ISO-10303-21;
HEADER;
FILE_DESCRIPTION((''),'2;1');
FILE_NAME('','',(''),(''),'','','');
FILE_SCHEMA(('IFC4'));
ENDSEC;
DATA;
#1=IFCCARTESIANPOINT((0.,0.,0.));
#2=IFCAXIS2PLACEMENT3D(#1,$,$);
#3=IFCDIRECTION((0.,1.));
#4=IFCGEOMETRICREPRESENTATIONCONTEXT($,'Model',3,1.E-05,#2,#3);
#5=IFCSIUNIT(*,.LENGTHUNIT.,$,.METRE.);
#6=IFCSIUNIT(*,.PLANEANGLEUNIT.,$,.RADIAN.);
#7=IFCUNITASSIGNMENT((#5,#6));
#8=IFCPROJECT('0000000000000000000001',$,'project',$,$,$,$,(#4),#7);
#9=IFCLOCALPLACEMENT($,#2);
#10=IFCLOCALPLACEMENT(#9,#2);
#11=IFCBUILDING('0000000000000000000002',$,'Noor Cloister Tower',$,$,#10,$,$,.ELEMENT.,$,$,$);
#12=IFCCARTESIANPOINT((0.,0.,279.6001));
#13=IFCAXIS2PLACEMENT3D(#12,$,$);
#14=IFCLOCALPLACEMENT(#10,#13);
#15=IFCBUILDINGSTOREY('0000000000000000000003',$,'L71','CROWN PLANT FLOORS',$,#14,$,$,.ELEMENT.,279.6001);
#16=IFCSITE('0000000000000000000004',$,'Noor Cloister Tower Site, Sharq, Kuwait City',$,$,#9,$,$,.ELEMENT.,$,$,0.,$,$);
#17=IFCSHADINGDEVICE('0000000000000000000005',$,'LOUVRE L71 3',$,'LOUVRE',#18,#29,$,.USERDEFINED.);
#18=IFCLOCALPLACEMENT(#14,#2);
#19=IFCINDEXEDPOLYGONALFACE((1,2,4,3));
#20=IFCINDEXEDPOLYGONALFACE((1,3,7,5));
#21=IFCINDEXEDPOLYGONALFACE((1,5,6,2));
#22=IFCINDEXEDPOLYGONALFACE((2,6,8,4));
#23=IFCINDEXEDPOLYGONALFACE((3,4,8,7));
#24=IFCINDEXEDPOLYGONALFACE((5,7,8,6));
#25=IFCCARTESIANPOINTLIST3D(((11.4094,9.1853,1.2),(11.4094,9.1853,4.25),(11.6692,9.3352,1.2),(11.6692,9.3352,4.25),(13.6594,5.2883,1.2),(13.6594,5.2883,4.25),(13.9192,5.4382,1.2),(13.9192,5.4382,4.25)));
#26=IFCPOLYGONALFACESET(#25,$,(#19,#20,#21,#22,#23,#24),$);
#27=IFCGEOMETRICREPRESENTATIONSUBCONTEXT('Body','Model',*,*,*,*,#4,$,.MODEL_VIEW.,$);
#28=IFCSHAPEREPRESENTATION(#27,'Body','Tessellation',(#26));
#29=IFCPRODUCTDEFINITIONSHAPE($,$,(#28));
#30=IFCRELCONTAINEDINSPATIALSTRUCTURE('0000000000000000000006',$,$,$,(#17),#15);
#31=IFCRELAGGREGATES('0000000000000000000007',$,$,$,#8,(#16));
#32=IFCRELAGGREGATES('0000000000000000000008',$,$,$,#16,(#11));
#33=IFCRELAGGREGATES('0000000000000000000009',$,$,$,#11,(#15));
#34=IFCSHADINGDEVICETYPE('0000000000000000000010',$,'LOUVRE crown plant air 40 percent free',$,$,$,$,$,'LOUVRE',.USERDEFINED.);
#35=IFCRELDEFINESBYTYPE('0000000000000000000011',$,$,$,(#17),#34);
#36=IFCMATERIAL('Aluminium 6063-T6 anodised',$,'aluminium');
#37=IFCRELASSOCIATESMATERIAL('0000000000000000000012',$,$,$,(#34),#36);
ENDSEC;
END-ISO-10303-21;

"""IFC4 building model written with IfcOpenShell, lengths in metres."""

from ifc_helpers import new_model, si_unit, direction, frame, origin, place, context, subcontext, project, spatial, polyline, outline, extrude, material, type_object, element, save


model = new_model("IFC4")

# Units and contexts
model_context = context("Model", 3, precision=1e-05, world=origin(), true_north=direction((0.0, 1.0)))
body_context = subcontext(model_context, "Body", "Model", "MODEL_VIEW")
ifc_project = project(units=[si_unit("LENGTHUNIT", "METRE"), si_unit("PLANEANGLEUNIT", "RADIAN")], contexts=[model_context])

# Site, building, storey
site_placement = place(None, origin())
site = spatial("IfcSite", under=ifc_project, at=site_placement, Name="Noor Cloister Tower Site, Sharq, Kuwait City", CompositionType="ELEMENT", RefElevation=0.0)
building_placement = place(site_placement, origin())
building = spatial("IfcBuilding", under=site, at=building_placement, Name="Noor Cloister Tower", CompositionType="ELEMENT")
storey_placement = place(building_placement, frame((0.0, 0.0, 279.6001)))
storey = spatial("IfcBuildingStorey", under=building, at=storey_placement, Name="L71", Description="CROWN PLANT FLOORS", CompositionType="ELEMENT", Elevation=279.6001)

# Shading device
ifc_material_1 = material(Name="Aluminium 6063-T6 anodised", Category="aluminium")
shading_device_type = type_object("IfcShadingDeviceType", Name="LOUVRE crown plant air 40 percent free", ElementType="LOUVRE", PredefinedType="USERDEFINED", material=ifc_material_1)
shading_device_1_placement = place(storey_placement, frame((0.0, 0.0, 1.2)))
element("IfcShadingDevice", 1, at=shading_device_1_placement, inside=storey, type_object=shading_device_type, Name="LOUVRE L71 3", ObjectType="LOUVRE", PredefinedType="USERDEFINED", context=body_context, shape_type="SweptSolid", body=[
    extrude(outline(polyline([(13.9192, 5.4382), (11.6692, 9.3352), (11.4094, 9.1853), (13.6594, 5.2883), (13.9192, 5.4382)])), origin(), (0.0, 0.0, 1.0), 3.05),
])

save(model, "model.ifc")
